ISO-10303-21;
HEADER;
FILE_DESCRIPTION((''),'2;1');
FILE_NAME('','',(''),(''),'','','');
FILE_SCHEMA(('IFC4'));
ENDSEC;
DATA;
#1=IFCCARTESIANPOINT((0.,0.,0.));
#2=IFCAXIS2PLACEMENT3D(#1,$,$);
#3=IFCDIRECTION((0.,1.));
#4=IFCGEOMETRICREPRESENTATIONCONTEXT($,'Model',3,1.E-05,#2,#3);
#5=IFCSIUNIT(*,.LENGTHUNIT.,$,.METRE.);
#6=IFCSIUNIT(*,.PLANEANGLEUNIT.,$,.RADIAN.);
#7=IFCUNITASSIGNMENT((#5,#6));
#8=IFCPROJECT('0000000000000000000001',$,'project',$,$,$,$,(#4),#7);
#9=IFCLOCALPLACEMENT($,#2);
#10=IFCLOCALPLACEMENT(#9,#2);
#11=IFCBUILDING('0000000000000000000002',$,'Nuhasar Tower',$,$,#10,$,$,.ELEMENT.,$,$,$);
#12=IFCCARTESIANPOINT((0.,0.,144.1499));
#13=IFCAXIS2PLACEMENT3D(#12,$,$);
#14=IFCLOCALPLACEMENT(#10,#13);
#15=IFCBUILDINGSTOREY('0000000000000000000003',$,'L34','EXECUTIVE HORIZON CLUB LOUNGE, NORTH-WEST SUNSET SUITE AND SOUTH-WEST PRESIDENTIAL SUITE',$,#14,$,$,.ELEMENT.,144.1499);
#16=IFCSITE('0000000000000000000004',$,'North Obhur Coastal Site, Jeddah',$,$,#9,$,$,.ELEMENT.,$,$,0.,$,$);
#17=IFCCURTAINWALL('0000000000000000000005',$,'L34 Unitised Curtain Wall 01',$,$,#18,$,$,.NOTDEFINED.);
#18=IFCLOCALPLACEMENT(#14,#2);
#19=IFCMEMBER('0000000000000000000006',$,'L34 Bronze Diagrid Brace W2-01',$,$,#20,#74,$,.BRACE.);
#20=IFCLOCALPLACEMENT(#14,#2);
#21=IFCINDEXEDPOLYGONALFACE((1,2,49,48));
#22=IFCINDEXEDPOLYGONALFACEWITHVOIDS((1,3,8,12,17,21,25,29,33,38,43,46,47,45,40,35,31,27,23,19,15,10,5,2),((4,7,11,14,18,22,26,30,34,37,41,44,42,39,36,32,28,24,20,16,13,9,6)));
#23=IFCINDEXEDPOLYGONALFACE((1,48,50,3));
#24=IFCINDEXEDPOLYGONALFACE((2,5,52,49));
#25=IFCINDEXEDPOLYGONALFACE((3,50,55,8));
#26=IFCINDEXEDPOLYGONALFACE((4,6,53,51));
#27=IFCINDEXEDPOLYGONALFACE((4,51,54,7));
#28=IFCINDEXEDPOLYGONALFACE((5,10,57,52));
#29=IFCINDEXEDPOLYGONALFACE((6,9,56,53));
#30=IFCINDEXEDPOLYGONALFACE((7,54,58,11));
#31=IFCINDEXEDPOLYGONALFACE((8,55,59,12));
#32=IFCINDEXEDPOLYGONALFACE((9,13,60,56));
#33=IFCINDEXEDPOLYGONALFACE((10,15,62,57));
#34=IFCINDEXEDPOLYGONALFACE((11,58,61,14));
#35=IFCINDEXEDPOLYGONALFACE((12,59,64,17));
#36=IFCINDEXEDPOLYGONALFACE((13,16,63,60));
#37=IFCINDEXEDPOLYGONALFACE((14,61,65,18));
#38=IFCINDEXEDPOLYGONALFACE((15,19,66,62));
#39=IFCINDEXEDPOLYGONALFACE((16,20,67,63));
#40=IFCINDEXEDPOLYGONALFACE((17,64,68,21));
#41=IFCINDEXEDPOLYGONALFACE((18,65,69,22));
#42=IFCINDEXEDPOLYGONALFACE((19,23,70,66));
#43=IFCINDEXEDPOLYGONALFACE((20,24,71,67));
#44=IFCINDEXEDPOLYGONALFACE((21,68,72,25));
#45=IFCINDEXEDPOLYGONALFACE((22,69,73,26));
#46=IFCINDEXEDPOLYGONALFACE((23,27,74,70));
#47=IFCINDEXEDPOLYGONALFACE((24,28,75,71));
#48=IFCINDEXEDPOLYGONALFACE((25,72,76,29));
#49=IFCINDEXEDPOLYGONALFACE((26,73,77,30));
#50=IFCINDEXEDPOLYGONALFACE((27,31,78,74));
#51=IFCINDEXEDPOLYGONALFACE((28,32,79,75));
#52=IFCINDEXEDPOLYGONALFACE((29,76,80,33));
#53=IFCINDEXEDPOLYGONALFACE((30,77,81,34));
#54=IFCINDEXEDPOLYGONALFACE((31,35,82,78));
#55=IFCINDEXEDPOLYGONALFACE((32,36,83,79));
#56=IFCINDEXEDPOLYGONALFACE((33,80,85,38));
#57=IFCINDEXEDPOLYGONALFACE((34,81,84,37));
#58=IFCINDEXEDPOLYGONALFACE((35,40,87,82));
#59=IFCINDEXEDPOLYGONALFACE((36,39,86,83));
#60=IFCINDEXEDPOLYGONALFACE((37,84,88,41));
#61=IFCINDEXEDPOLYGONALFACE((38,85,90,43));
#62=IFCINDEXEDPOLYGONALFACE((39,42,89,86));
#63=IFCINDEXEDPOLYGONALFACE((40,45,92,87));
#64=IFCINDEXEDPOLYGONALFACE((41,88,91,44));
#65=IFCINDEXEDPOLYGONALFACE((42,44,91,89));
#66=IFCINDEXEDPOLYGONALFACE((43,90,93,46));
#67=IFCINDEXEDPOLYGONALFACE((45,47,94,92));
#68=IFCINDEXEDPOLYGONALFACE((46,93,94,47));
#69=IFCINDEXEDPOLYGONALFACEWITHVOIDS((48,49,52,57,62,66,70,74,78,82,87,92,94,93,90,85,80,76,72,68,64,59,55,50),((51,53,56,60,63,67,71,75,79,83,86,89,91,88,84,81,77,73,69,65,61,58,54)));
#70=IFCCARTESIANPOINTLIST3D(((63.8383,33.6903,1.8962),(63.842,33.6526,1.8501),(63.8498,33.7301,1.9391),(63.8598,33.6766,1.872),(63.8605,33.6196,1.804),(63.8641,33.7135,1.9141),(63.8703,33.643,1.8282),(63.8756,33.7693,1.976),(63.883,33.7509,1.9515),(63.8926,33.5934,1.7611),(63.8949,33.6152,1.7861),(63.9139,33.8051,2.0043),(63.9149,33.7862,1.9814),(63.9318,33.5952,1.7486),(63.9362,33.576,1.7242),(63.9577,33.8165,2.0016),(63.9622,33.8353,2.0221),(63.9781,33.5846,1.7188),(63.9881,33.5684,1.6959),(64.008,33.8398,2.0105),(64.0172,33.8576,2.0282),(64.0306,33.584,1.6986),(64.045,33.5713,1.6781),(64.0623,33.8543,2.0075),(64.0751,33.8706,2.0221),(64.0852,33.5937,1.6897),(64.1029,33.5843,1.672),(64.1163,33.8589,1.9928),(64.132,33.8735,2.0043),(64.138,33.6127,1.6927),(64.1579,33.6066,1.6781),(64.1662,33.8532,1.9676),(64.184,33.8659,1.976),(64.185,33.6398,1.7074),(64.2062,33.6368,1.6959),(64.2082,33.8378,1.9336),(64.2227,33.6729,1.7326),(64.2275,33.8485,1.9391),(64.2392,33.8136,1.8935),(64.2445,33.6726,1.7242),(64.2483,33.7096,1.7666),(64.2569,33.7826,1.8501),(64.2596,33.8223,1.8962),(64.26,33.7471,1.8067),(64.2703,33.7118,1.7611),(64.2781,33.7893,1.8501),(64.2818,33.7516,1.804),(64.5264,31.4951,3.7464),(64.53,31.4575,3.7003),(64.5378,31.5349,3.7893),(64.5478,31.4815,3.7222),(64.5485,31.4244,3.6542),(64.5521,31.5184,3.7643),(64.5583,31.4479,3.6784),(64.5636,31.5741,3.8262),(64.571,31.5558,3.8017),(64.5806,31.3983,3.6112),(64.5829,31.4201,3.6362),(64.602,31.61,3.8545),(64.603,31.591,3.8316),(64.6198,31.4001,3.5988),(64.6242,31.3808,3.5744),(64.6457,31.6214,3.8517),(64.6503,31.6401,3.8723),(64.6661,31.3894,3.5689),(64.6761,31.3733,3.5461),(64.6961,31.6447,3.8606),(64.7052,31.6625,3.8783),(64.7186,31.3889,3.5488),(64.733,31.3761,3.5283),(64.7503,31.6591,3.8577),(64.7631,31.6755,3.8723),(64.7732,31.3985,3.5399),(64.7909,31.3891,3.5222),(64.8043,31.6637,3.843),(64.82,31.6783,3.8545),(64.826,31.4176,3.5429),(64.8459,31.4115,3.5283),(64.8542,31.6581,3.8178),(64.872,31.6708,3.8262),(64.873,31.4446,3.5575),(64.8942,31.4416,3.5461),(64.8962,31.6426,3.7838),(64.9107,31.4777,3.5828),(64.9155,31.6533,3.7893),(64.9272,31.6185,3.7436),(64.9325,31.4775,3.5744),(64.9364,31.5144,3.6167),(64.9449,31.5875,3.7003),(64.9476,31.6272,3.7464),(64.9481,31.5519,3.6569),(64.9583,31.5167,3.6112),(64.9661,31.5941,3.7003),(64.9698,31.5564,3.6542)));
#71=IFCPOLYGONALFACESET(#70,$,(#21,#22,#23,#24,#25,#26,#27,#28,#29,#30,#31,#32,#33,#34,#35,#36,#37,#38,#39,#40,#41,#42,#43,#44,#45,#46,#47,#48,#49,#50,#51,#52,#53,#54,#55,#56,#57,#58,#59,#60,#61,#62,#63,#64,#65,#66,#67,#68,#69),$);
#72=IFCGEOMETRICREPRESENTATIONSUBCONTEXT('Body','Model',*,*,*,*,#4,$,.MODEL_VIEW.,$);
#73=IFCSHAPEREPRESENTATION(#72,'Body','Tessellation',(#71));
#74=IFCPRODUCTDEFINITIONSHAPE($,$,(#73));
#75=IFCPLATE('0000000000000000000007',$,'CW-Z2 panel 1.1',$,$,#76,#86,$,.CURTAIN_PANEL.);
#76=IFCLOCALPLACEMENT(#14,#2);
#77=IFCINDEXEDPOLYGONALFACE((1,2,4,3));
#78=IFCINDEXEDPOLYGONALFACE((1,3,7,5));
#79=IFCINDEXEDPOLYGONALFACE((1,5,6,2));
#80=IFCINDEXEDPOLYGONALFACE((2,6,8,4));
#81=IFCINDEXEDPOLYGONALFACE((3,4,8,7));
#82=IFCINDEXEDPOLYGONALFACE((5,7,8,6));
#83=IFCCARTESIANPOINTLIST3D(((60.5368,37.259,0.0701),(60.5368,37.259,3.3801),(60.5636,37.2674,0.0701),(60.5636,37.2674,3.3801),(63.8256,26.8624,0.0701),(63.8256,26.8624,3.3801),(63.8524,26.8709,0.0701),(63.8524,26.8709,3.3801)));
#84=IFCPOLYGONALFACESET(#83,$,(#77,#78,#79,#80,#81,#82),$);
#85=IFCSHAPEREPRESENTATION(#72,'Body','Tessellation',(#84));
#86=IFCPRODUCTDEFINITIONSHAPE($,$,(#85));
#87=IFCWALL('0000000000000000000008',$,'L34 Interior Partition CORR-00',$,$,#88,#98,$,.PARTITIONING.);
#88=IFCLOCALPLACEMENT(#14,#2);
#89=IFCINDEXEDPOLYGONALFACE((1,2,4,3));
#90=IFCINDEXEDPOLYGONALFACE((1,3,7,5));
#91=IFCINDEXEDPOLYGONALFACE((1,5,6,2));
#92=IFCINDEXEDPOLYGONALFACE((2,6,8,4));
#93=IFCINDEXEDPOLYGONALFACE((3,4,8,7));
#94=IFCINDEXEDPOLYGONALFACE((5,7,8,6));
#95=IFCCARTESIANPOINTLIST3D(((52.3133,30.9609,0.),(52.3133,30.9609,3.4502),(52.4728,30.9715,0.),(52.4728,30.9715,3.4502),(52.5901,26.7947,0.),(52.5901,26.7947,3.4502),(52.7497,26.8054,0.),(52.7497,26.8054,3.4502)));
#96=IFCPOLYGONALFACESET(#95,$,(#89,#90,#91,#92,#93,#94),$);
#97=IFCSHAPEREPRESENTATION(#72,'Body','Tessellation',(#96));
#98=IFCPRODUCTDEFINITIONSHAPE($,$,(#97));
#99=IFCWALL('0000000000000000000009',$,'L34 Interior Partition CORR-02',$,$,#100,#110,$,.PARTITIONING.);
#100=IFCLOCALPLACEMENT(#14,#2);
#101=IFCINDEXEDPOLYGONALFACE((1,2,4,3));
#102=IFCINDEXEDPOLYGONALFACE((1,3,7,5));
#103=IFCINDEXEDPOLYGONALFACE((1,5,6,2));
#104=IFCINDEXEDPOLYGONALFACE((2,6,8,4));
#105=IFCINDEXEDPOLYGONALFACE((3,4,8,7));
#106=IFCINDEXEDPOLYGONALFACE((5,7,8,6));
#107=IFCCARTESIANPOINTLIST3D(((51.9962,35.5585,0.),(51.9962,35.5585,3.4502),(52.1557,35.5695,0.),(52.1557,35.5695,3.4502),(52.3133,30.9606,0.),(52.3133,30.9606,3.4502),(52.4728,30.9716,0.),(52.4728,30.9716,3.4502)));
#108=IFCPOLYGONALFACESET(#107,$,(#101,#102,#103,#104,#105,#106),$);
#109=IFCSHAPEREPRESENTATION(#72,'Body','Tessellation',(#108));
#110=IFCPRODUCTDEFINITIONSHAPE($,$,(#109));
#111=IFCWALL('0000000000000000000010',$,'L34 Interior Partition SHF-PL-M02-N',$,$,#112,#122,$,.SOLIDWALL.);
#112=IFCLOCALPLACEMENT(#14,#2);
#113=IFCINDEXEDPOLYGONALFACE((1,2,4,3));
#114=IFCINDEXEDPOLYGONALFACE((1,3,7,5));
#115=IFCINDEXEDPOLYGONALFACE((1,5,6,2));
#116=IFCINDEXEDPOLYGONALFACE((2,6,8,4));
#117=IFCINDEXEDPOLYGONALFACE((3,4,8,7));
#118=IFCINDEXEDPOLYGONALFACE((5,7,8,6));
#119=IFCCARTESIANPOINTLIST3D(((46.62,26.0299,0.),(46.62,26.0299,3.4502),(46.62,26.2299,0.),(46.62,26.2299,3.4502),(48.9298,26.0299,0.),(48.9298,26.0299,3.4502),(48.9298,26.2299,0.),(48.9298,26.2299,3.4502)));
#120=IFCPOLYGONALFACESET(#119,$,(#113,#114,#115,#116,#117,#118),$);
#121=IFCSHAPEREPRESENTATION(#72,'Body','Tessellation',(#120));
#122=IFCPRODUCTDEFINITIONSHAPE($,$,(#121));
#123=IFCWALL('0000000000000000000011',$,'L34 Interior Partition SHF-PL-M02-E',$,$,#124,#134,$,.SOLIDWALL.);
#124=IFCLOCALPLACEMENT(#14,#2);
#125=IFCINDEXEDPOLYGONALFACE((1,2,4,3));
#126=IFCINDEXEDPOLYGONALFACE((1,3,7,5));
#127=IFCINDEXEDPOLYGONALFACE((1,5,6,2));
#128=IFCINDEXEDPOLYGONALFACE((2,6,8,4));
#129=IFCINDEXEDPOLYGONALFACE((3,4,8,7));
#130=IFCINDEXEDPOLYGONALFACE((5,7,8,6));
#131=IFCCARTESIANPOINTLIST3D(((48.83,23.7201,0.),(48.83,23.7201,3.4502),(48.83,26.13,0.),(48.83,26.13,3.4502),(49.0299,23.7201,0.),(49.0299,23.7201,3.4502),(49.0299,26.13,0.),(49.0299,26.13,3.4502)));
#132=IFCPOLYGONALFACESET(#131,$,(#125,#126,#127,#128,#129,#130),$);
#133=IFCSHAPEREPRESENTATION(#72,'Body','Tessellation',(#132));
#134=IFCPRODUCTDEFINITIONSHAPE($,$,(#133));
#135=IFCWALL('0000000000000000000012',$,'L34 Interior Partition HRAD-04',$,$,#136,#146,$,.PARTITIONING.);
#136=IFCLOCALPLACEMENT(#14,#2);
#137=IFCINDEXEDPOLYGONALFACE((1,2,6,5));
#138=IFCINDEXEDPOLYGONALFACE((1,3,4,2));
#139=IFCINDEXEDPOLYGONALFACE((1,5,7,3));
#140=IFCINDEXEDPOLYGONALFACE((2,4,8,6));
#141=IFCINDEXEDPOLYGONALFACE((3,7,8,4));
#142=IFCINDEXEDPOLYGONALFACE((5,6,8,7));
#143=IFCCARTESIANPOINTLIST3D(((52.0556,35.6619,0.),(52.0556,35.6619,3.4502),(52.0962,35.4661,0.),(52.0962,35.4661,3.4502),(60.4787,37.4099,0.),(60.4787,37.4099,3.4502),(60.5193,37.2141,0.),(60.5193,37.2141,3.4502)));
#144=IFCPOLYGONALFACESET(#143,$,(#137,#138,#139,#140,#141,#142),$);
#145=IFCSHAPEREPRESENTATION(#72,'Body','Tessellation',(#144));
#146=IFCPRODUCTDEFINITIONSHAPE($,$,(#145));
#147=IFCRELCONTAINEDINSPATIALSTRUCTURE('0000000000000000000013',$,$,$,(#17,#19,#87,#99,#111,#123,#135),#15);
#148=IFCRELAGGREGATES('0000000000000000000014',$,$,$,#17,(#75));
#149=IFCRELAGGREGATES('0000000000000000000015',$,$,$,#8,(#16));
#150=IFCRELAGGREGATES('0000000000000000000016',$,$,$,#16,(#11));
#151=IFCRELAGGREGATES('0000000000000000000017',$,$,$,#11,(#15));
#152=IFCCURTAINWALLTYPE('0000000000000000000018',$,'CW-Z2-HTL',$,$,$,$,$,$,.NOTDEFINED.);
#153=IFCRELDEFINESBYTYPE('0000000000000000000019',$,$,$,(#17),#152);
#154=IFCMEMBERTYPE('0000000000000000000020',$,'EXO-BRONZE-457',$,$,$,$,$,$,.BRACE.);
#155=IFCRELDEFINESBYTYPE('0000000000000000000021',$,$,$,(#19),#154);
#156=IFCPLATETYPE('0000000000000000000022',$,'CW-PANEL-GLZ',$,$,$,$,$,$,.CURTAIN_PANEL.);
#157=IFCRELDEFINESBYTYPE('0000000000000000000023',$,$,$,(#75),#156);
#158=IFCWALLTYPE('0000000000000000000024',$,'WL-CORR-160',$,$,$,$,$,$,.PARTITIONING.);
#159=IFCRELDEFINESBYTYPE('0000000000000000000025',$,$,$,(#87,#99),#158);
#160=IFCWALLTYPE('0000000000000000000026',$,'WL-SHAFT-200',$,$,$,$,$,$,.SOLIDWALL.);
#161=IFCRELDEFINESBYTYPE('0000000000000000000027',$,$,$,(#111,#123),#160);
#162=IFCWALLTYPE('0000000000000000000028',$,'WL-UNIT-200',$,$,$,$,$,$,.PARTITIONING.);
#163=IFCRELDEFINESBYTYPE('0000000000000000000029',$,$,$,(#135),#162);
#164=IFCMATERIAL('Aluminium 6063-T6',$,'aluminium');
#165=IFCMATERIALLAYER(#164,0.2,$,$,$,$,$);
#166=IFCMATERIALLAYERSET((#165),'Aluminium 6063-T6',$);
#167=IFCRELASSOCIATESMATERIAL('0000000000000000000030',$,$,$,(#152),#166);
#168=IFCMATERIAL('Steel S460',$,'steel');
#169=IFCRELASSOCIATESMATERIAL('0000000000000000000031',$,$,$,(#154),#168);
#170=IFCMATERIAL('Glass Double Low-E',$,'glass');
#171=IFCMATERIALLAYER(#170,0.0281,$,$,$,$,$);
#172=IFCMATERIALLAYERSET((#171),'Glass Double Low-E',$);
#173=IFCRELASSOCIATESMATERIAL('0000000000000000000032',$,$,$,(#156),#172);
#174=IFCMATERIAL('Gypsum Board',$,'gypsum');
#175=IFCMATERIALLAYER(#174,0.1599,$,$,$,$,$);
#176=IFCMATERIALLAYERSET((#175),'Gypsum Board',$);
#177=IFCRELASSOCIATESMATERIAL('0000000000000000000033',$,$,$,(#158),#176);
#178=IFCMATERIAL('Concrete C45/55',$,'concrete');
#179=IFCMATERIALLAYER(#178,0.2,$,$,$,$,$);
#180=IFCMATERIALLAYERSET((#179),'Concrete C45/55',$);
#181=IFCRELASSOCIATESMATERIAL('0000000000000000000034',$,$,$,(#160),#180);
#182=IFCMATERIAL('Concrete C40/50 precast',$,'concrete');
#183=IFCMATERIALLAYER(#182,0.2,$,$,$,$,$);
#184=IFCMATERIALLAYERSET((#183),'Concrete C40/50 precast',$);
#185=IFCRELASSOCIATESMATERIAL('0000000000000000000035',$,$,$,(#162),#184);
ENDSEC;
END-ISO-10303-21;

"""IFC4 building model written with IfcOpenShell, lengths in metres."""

from ifc_helpers import new_model, si_unit, direction, frame, frame_2d, origin, origin_2d, place, context, subcontext, project, spatial, rectangle, hollow_circle, extrude, material, layer, layer_set, material_profile, profile_set, type_object, element, aggregate, save


model = new_model("IFC4")

# Units and contexts
model_context = context("Model", 3, precision=1e-05, world=origin(), true_north=direction((0.0, 1.0)))
body_context = subcontext(model_context, "Body", "Model", "MODEL_VIEW")
ifc_project = project(units=[si_unit("LENGTHUNIT", "METRE"), si_unit("PLANEANGLEUNIT", "RADIAN")], contexts=[model_context])

# Site, building, storey
site_placement = place(None, origin())
site = spatial("IfcSite", under=ifc_project, at=site_placement, Name="North Obhur Coastal Site, Jeddah", CompositionType="ELEMENT", RefElevation=0.0)
building_placement = place(site_placement, origin())
building = spatial("IfcBuilding", under=site, at=building_placement, Name="Nuhasar Tower", CompositionType="ELEMENT")
storey_placement = place(building_placement, frame((0.0, 0.0, 144.1499)))
storey = spatial("IfcBuildingStorey", under=building, at=storey_placement, Name="L34", Description="EXECUTIVE HORIZON CLUB LOUNGE, NORTH-WEST SUNSET SUITE AND SOUTH-WEST PRESIDENTIAL SUITE", CompositionType="ELEMENT", Elevation=144.1499)

# Curtain wall
ifc_material_1 = material(Name="Aluminium 6063-T6", Category="aluminium")
ifc_layer_1 = layer(ifc_material_1, 0.2)
ifc_layer_set_1 = layer_set([ifc_layer_1], Name="Aluminium 6063-T6")
curtain_wall_type = type_object("IfcCurtainWallType", Name="CW-Z2-HTL", PredefinedType="NOTDEFINED", material=ifc_layer_set_1)
curtain_wall_1_placement = place(storey_placement, origin())
curtain_wall_1 = element("IfcCurtainWall", 1, at=curtain_wall_1_placement, inside=storey, type_object=curtain_wall_type, Name="L34 Unitised Curtain Wall 01", PredefinedType="NOTDEFINED")

# Member
ifc_material_2 = material(Name="Steel S460", Category="steel")
ifc_material_profile_1 = material_profile(ifc_material_2, hollow_circle(Radius=0.2285, WallThickness=0.0222, at=origin_2d()), Name="HSS457X22.2")
ifc_profile_set_1 = profile_set([ifc_material_profile_1], Name="Steel S460")
member_type_1 = type_object("IfcMemberType", Name="EXO-BRONZE-457", PredefinedType="BRACE", material=ifc_profile_set_1)
for number, where, z_axis, x_axis, name in (
    (2, (64.0601, 33.7209, 1.8501), (0.233056, -0.743578, 0.626719), (0.954228, 0.299079, 0.0), "L34 Bronze Diagrid Brace W2-01"),
):
    element("IfcMember", number, at=place(storey_placement, frame(where, z_axis=z_axis, x_axis=x_axis)), inside=storey, type_object=member_type_1, Name=name, PredefinedType="BRACE", context=body_context, shape_type="SweptSolid", body=[
        extrude(hollow_circle(Radius=0.2285, WallThickness=0.0222, at=origin_2d()), origin(), (0.0, 0.0, 1.0), 2.9521),
    ])

# Plate
ifc_material_3 = material(Name="Glass Double Low-E", Category="glass")
ifc_layer_2 = layer(ifc_material_3, 0.0281)
ifc_layer_set_2 = layer_set([ifc_layer_2], Name="Glass Double Low-E")
plate_type = type_object("IfcPlateType", Name="CW-PANEL-GLZ", PredefinedType="CURTAIN_PANEL", material=ifc_layer_set_2)
plate_placement = place(storey_placement, frame((62.1946, 32.0649, 0.0701), z_axis=(0.0, 0.0, 1.0), x_axis=(-0.301604, 0.953433, 0.0)))
plate = element("IfcPlate", 3, at=plate_placement, type_object=plate_type, Name="CW-Z2 panel 1.1", PredefinedType="CURTAIN_PANEL", context=body_context, shape_type="SweptSolid", body=[
    extrude(rectangle(XDim=10.9043, YDim=0.0281, at=origin_2d()), origin(), (0.0, 0.0, 1.0), 3.3101),
])
aggregate(curtain_wall_1, [plate])

# Walls
ifc_material_4 = material(Name="Gypsum Board", Category="gypsum")
ifc_layer_3 = layer(ifc_material_4, 0.1599)
ifc_layer_set_3 = layer_set([ifc_layer_3], Name="Gypsum Board")
wall_type_1 = type_object("IfcWallType", Name="WL-CORR-160", PredefinedType="PARTITIONING", material=ifc_layer_set_3)
wall_1_placement = place(storey_placement, frame((52.6699, 26.8, 0.0), z_axis=(0.0, 0.0, 1.0), x_axis=(-0.066309, 0.997799, 0.0)))
element("IfcWall", 4, at=wall_1_placement, inside=storey, type_object=wall_type_1, Name="L34 Interior Partition CORR-00", PredefinedType="PARTITIONING", context=body_context, shape_type="SweptSolid", body=[
    extrude(rectangle(XDim=4.1753, YDim=0.1599, at=frame_2d((2.0876, 0.0))), origin(), (0.0, 0.0, 1.0), 3.4502),
])
wall_2_placement = place(storey_placement, frame((52.3931, 30.9661, 0.0), z_axis=(0.0, 0.0, 1.0), x_axis=(-0.068811, 0.99763, 0.0)))
element("IfcWall", 5, at=wall_2_placement, inside=storey, type_object=wall_type_1, Name="L34 Interior Partition CORR-02", PredefinedType="PARTITIONING", context=body_context, shape_type="SweptSolid", body=[
    extrude(rectangle(XDim=4.6089, YDim=0.1599, at=frame_2d((2.3044, 0.0))), origin(), (0.0, 0.0, 1.0), 3.4502),
])
ifc_material_5 = material(Name="Concrete C45/55", Category="concrete")
ifc_layer_4 = layer(ifc_material_5, 0.2)
ifc_layer_set_4 = layer_set([ifc_layer_4], Name="Concrete C45/55")
wall_type_2 = type_object("IfcWallType", Name="WL-SHAFT-200", PredefinedType="SOLIDWALL", material=ifc_layer_set_4)
wall_3_placement = place(storey_placement, frame((46.6201, 26.1299, 0.0), z_axis=(0.0, 0.0, 1.0), x_axis=(1.0, 0.0, 0.0)))
element("IfcWall", 6, at=wall_3_placement, inside=storey, type_object=wall_type_2, Name="L34 Interior Partition SHF-PL-M02-N", PredefinedType="SOLIDWALL", context=body_context, shape_type="SweptSolid", body=[
    extrude(rectangle(XDim=2.3098, YDim=0.2, at=frame_2d((1.1548, 0.0))), origin(), (0.0, 0.0, 1.0), 3.4502),
])
wall_4_placement = place(storey_placement, frame((48.9299, 23.72, 0.0), z_axis=(0.0, 0.0, 1.0), x_axis=(0.0, 1.0, 0.0)))
element("IfcWall", 7, at=wall_4_placement, inside=storey, type_object=wall_type_2, Name="L34 Interior Partition SHF-PL-M02-E", PredefinedType="SOLIDWALL", context=body_context, shape_type="SweptSolid", body=[
    extrude(rectangle(XDim=2.4099, YDim=0.2, at=frame_2d((1.2051, 0.0))), origin(), (0.0, 0.0, 1.0), 3.4502),
])
ifc_material_6 = material(Name="Concrete C40/50 precast", Category="concrete")
ifc_layer_5 = layer(ifc_material_6, 0.2)
ifc_layer_set_5 = layer_set([ifc_layer_5], Name="Concrete C40/50 precast")
wall_type_3 = type_object("IfcWallType", Name="WL-UNIT-200", PredefinedType="PARTITIONING", material=ifc_layer_set_5)
wall_5_placement = place(storey_placement, frame((52.0759, 35.564, 0.0), z_axis=(0.0, 0.0, 1.0), x_axis=(0.979137, 0.203201, 0.0)))
element("IfcWall", 8, at=wall_5_placement, inside=storey, type_object=wall_type_3, Name="L34 Interior Partition HRAD-04", PredefinedType="PARTITIONING", context=body_context, shape_type="SweptSolid", body=[
    extrude(rectangle(XDim=8.6025, YDim=0.2, at=frame_2d((4.3013, 0.0))), origin(), (0.0, 0.0, 1.0), 3.4502),
])

save(model, "model.ifc")
